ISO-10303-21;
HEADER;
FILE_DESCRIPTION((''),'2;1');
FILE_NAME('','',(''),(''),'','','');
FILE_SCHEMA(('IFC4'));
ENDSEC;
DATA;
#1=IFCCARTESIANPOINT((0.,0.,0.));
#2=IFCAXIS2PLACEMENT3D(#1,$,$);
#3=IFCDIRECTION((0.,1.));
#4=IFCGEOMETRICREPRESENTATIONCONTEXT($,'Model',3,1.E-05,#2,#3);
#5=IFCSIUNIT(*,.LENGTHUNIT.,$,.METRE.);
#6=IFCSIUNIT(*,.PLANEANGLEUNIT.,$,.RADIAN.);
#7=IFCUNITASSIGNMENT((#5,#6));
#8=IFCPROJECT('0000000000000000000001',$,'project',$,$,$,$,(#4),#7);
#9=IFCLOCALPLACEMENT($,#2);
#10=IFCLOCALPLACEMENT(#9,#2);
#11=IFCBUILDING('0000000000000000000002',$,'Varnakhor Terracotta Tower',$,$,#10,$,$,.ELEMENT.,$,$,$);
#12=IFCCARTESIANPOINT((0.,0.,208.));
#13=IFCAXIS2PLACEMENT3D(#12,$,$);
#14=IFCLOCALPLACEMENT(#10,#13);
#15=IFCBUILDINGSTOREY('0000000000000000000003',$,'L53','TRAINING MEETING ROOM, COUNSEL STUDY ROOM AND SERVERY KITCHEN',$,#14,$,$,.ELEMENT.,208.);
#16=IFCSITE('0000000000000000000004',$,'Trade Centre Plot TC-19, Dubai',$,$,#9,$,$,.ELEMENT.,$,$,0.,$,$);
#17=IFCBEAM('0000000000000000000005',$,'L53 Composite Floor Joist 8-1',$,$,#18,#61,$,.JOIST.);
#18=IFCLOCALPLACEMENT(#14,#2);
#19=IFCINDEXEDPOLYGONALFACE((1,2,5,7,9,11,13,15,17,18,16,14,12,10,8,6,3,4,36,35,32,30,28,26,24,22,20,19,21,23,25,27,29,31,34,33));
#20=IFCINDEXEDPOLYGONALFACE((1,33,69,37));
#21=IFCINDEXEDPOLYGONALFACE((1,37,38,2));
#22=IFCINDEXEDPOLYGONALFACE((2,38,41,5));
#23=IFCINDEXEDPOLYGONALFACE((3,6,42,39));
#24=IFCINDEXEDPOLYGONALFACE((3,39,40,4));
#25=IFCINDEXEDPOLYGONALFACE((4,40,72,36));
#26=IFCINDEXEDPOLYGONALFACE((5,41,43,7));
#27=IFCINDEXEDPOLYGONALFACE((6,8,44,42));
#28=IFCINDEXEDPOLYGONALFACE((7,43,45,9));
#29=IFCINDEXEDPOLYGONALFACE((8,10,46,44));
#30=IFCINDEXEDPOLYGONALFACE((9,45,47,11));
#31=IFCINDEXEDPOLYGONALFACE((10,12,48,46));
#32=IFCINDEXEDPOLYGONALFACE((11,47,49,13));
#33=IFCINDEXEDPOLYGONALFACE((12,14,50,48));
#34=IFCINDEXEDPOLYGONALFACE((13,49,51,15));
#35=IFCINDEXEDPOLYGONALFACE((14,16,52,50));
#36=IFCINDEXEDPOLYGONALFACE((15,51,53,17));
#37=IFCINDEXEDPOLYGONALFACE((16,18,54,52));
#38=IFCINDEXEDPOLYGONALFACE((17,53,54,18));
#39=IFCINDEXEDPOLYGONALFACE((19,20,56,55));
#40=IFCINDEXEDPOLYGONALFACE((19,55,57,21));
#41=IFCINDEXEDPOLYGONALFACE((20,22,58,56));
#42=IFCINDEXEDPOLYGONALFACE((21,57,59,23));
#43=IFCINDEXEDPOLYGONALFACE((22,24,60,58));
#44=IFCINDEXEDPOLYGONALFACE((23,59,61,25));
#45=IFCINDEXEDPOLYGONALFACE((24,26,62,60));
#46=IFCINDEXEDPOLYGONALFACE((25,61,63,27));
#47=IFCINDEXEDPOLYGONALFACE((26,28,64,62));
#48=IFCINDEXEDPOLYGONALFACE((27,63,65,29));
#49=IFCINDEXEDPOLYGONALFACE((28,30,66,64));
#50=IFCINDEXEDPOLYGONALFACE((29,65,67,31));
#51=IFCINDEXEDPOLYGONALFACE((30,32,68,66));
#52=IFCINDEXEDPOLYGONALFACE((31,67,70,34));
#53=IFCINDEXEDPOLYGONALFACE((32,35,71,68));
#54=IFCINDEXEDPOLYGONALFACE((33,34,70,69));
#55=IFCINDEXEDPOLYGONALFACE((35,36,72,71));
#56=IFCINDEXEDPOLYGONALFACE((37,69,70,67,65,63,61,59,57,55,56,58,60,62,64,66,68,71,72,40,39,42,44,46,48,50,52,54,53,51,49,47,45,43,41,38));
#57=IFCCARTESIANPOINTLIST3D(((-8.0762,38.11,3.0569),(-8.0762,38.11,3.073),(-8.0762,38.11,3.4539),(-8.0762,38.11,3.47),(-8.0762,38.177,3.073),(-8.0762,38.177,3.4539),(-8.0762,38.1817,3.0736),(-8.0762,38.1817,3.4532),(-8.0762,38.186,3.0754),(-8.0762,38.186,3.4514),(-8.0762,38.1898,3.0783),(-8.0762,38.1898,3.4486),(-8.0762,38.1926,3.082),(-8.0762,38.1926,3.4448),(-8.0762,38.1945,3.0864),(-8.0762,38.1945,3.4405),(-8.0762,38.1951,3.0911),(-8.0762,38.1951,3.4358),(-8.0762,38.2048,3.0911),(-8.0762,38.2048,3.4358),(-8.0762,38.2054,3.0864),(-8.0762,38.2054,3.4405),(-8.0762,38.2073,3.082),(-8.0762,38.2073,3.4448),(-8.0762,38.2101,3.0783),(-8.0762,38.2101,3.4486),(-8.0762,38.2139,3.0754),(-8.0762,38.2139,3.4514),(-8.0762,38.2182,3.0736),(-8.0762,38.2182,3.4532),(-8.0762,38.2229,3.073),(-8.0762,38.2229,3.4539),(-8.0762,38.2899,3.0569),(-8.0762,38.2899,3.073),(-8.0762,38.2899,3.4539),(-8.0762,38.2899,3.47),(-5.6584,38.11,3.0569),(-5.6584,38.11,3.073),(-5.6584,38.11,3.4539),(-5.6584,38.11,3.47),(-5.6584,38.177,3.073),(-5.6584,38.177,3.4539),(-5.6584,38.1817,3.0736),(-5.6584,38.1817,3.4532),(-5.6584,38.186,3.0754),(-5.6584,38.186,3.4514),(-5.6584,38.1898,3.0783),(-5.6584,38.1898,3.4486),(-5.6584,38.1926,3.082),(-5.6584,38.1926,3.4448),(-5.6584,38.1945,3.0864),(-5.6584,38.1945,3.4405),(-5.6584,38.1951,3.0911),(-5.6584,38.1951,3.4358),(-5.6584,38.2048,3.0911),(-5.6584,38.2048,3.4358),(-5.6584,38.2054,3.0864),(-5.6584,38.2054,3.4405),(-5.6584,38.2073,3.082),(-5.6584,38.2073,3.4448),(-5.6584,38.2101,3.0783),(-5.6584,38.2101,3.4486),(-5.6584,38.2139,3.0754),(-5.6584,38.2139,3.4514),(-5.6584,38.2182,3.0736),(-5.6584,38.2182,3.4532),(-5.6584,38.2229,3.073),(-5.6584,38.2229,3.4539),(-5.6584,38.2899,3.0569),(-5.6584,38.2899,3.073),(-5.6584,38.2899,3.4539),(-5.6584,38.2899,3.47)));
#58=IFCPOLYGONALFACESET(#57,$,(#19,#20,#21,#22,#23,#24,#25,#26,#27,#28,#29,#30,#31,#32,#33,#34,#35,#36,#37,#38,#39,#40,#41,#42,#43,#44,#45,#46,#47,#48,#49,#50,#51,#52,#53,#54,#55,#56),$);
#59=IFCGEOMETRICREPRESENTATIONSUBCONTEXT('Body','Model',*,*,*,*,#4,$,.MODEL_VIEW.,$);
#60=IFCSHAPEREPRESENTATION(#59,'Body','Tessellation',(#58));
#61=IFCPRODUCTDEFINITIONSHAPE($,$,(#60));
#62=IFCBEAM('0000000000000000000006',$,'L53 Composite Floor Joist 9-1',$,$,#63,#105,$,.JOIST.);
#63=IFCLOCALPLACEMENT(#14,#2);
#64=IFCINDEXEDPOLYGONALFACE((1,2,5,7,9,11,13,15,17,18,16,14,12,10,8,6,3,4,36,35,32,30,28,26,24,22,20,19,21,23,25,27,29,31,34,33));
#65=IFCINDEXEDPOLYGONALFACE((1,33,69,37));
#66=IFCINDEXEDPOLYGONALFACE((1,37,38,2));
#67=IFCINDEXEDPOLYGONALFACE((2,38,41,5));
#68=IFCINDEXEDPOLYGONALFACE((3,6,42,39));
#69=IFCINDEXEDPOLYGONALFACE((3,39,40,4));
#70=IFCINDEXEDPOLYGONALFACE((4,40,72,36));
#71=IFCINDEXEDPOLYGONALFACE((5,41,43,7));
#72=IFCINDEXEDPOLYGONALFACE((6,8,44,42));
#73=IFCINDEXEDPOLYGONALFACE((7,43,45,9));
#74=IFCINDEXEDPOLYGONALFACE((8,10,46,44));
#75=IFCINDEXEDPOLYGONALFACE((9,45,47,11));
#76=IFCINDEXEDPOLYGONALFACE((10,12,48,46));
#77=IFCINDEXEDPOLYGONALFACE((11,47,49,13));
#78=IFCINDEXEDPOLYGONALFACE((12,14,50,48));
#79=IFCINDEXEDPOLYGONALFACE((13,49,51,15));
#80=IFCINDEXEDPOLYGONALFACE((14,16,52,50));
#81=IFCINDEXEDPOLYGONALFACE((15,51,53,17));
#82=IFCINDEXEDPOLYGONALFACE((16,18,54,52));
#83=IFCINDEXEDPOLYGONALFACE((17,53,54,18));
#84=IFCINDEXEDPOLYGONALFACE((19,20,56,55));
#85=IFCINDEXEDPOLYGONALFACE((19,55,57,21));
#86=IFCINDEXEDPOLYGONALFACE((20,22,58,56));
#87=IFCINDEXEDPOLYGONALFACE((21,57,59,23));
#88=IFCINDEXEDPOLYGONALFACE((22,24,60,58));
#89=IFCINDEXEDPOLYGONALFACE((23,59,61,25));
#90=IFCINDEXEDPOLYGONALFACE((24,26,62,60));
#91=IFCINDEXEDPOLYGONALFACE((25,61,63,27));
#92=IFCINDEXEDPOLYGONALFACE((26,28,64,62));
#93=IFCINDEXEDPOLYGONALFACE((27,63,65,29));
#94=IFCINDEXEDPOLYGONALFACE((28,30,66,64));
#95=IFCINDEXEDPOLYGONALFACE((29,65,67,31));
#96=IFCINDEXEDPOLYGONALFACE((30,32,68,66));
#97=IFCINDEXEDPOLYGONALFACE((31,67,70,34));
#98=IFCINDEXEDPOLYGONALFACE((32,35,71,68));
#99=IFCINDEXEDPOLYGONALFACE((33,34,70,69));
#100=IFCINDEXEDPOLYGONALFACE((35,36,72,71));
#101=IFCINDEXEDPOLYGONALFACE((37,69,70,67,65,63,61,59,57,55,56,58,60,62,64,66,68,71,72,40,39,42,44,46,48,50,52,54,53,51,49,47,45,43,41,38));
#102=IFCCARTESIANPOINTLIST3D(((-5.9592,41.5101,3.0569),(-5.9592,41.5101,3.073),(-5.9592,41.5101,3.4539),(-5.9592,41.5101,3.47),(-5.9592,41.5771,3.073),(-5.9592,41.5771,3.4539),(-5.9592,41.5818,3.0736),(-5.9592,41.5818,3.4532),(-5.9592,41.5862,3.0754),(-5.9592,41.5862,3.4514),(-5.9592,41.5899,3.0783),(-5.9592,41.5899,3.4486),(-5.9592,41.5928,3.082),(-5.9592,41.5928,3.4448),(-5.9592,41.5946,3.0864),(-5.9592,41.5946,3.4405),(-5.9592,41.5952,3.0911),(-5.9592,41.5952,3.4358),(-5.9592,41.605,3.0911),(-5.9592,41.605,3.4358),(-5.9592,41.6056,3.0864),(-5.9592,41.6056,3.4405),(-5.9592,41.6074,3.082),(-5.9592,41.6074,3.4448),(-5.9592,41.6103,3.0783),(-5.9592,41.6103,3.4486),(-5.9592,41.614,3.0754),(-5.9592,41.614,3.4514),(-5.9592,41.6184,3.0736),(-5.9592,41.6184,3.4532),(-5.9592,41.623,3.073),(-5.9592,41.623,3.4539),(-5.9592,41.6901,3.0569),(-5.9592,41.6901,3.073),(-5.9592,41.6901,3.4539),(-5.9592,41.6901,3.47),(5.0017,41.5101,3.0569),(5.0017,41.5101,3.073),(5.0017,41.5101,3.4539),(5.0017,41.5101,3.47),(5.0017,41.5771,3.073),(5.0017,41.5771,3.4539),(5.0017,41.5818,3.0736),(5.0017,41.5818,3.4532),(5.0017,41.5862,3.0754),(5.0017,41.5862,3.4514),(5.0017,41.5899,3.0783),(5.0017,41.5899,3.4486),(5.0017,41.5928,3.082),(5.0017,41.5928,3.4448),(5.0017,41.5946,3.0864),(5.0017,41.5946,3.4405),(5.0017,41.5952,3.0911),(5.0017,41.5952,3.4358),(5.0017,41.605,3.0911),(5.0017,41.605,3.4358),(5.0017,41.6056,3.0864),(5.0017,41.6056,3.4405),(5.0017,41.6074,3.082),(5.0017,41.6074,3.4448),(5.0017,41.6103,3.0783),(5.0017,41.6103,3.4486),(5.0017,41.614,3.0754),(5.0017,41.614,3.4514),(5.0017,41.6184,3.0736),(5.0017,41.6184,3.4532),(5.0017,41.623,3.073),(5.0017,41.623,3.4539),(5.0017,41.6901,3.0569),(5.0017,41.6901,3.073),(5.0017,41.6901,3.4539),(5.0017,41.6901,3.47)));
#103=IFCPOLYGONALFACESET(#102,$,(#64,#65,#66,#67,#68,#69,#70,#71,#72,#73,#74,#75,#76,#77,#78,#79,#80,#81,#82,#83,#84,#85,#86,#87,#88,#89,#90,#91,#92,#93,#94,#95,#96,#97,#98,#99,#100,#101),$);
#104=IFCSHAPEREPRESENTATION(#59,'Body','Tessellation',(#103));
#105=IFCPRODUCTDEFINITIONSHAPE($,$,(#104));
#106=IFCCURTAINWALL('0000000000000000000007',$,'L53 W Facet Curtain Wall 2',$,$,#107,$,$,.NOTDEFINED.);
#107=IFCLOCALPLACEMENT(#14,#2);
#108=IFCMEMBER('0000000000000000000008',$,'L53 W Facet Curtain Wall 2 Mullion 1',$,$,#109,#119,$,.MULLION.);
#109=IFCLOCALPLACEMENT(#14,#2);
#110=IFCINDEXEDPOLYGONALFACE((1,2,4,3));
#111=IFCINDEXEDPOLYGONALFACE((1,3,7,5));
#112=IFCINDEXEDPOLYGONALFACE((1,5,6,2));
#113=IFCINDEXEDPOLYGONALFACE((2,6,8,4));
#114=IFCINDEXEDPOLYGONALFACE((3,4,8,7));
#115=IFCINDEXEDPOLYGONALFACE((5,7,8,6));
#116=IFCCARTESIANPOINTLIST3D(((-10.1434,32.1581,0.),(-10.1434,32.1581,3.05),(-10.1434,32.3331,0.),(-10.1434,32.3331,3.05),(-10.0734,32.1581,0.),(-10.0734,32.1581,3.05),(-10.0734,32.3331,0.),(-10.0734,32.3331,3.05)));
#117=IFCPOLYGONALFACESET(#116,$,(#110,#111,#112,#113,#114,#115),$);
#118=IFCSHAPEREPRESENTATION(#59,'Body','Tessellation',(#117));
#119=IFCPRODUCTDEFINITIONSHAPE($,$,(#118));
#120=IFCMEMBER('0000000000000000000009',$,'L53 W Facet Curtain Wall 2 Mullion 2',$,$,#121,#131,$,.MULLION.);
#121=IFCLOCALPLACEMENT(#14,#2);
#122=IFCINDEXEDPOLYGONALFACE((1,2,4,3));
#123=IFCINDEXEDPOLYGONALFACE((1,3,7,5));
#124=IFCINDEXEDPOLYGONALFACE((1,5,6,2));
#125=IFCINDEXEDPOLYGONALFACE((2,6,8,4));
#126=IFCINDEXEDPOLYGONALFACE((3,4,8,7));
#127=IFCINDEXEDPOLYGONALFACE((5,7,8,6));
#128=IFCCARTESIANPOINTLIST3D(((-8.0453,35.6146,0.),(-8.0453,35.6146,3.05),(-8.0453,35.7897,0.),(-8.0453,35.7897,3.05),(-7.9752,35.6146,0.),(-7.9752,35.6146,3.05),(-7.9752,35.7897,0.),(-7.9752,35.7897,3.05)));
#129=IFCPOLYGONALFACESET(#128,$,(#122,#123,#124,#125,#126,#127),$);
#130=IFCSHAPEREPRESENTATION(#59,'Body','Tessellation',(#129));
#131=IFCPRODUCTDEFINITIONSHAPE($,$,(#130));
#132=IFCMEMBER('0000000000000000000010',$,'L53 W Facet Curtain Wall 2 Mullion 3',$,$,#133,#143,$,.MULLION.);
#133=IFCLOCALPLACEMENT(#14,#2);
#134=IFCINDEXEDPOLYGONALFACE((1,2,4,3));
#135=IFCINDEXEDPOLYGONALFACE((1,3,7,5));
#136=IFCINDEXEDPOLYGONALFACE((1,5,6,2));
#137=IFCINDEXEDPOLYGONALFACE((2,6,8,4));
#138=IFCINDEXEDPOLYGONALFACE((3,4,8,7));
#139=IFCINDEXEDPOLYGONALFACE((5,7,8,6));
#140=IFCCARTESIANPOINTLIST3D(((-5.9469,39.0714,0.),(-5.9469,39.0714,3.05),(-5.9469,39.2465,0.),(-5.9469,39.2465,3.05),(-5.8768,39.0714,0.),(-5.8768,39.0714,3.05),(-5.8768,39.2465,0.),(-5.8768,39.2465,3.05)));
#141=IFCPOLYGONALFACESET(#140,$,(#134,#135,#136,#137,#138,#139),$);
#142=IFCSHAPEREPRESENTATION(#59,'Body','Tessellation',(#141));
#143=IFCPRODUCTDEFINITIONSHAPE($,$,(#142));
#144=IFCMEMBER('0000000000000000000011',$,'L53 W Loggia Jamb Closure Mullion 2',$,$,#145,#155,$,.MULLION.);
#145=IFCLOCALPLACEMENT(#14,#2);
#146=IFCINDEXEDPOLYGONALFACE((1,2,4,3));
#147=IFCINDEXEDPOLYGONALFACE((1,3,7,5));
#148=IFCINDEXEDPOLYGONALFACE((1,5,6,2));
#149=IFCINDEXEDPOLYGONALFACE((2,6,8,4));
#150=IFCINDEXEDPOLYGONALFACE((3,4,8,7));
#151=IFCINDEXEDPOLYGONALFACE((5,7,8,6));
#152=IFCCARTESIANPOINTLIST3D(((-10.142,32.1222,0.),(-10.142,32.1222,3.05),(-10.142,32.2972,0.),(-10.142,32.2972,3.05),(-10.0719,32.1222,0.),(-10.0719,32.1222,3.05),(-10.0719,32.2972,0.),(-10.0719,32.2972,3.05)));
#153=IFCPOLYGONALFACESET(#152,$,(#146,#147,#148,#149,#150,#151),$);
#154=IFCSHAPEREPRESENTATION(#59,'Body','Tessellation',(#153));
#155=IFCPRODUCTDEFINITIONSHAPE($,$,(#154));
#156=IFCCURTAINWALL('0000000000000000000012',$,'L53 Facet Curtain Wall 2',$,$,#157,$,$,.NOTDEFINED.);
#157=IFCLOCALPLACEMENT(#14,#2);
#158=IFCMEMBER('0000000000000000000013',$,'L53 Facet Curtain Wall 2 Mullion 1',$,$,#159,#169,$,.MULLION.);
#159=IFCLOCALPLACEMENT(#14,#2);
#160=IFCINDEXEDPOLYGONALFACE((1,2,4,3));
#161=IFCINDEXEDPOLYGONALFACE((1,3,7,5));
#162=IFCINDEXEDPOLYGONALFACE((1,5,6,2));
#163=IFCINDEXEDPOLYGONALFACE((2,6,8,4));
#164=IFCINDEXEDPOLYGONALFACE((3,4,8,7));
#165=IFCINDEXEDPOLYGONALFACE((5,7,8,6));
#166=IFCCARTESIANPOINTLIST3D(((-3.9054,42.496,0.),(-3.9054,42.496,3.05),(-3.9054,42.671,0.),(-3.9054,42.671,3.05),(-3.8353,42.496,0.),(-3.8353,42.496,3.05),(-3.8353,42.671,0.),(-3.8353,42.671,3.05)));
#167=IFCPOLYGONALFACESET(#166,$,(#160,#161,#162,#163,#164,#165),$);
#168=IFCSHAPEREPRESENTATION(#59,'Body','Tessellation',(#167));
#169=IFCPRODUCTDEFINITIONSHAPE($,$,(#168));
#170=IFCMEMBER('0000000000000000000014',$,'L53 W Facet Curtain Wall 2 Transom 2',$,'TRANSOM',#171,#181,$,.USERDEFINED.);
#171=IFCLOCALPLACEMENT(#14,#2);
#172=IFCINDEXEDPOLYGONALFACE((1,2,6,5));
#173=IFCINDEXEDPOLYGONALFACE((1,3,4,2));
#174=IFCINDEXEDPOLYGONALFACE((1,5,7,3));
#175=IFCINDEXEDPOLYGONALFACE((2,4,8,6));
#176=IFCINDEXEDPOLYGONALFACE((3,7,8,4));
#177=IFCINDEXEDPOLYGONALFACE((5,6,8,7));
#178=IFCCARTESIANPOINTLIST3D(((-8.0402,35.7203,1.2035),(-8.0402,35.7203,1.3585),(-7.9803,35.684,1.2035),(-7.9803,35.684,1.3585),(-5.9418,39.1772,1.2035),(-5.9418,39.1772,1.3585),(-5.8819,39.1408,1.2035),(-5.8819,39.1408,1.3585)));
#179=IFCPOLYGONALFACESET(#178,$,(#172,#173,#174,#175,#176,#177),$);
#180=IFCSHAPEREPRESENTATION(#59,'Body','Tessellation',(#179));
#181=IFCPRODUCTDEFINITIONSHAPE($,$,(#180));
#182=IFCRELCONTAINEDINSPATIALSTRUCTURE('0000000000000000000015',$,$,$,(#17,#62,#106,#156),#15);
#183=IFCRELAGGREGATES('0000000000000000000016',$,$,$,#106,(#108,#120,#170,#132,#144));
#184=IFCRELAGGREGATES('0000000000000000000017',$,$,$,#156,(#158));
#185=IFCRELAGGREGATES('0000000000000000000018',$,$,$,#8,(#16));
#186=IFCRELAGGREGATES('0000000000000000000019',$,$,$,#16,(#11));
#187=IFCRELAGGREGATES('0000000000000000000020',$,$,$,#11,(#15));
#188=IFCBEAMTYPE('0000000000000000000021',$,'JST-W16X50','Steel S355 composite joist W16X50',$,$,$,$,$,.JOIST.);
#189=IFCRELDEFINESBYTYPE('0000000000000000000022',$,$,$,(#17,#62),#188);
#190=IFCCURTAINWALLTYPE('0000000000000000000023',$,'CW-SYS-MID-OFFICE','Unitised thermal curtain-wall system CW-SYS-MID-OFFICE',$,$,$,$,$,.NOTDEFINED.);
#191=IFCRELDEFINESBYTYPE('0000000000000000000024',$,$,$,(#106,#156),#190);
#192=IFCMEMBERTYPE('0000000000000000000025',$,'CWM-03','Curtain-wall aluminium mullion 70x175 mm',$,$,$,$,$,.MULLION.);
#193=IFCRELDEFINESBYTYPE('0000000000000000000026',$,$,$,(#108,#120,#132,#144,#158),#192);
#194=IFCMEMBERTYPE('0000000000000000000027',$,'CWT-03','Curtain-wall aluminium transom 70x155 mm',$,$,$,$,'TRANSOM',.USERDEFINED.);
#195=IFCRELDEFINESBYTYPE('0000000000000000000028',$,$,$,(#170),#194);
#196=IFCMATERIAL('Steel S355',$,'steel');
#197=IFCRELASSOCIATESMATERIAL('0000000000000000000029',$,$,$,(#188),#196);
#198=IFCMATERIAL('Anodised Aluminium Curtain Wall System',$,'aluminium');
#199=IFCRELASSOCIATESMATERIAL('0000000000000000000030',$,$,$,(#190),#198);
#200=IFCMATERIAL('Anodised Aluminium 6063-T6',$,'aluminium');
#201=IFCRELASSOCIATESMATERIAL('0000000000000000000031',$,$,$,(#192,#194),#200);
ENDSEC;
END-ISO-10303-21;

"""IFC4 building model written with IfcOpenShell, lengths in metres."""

from ifc_helpers import new_model, si_unit, direction, frame, origin, origin_2d, place, context, subcontext, project, spatial, rectangle, i_section, extrude, source, transform, mapped, material, material_profile, profile_set, type_object, element, aggregate, save


model = new_model("IFC4")

# Units and contexts
model_context = context("Model", 3, precision=1e-05, world=origin(), true_north=direction((0.0, 1.0)))
body_context = subcontext(model_context, "Body", "Model", "MODEL_VIEW")
ifc_project = project(units=[si_unit("LENGTHUNIT", "METRE"), si_unit("PLANEANGLEUNIT", "RADIAN")], contexts=[model_context])

# Site, building, storey
site_placement = place(None, origin())
site = spatial("IfcSite", under=ifc_project, at=site_placement, Name="Trade Centre Plot TC-19, Dubai", CompositionType="ELEMENT", RefElevation=0.0)
building_placement = place(site_placement, origin())
building = spatial("IfcBuilding", under=site, at=building_placement, Name="Varnakhor Terracotta Tower", CompositionType="ELEMENT")
storey_placement = place(building_placement, frame((0.0, 0.0, 208.0)))
storey = spatial("IfcBuildingStorey", under=building, at=storey_placement, Name="L53", Description="TRAINING MEETING ROOM, COUNSEL STUDY ROOM AND SERVERY KITCHEN", CompositionType="ELEMENT", Elevation=208.0)

# Beams
ifc_material_1 = material(Name="Steel S355", Category="steel")
ifc_material_profile_1 = material_profile(ifc_material_1, i_section(OverallWidth=0.1799, OverallDepth=0.4131, WebThickness=0.0098, FlangeThickness=0.0161, FilletRadius=0.0181, at=origin_2d()), Name="W16X50")
ifc_profile_set_1 = profile_set([ifc_material_profile_1], Name="Steel S355")
beam_type_1 = type_object("IfcBeamType", Name="JST-W16X50", Description="Steel S355 composite joist W16X50", PredefinedType="JOIST", material=ifc_profile_set_1)
shared_shape_1 = source(origin(), body_context, "Body", "SweptSolid", [
    extrude(i_section(OverallWidth=0.1799, OverallDepth=0.4131, WebThickness=0.0098, FlangeThickness=0.0161, FilletRadius=0.0181, at=origin_2d()), origin(), (0.0, 0.0, 1.0), 2.4177),
])
beam_1_placement = place(storey_placement, frame((-8.0762, 38.2, 3.2634), z_axis=(1.0, 0.0, 0.0), x_axis=(0.0, 1.0, 0.0)))
element("IfcBeam", 1, at=beam_1_placement, inside=storey, type_object=beam_type_1, Name="L53 Composite Floor Joist 8-1", PredefinedType="JOIST", context=body_context, shape_type="MappedRepresentation", body=[
    mapped(shared_shape_1, transform((0.0, 0.0, 0.0), scale=1.0)),
])
shared_shape_2 = source(origin(), body_context, "Body", "SweptSolid", [
    extrude(i_section(OverallWidth=0.1799, OverallDepth=0.4131, WebThickness=0.0098, FlangeThickness=0.0161, FilletRadius=0.0181, at=origin_2d()), origin(), (0.0, 0.0, 1.0), 10.9609),
])
beam_2_placement = place(storey_placement, frame((-5.9592, 41.6001, 3.2634), z_axis=(1.0, 0.0, 0.0), x_axis=(0.0, 1.0, 0.0)))
element("IfcBeam", 2, at=beam_2_placement, inside=storey, type_object=beam_type_1, Name="L53 Composite Floor Joist 9-1", PredefinedType="JOIST", context=body_context, shape_type="MappedRepresentation", body=[
    mapped(shared_shape_2, transform((0.0, 0.0, 0.0), scale=1.0)),
])

# Curtain wall, members
ifc_material_2 = material(Name="Anodised Aluminium Curtain Wall System", Category="aluminium")
curtain_wall_type = type_object("IfcCurtainWallType", Name="CW-SYS-MID-OFFICE", Description="Unitised thermal curtain-wall system CW-SYS-MID-OFFICE", PredefinedType="NOTDEFINED", material=ifc_material_2)
curtain_wall_1_placement = place(storey_placement, origin())
curtain_wall_1 = element("IfcCurtainWall", 3, at=curtain_wall_1_placement, inside=storey, type_object=curtain_wall_type, Name="L53 W Facet Curtain Wall 2", PredefinedType="NOTDEFINED")
ifc_material_3 = material(Name="Anodised Aluminium 6063-T6", Category="aluminium")
ifc_material_profile_2 = material_profile(ifc_material_3, rectangle(XDim=0.0701, YDim=0.175, at=origin_2d()), Name="ALU MULLION 70x175")
ifc_profile_set_2 = profile_set([ifc_material_profile_2], Name="Anodised Aluminium 6063-T6")
member_type_1 = type_object("IfcMemberType", Name="CWM-03", Description="Curtain-wall aluminium mullion 70x175 mm", PredefinedType="MULLION", material=ifc_profile_set_2)
shared_shape_3 = source(origin(), body_context, "Body", "SweptSolid", [
    extrude(rectangle(XDim=0.0701, YDim=0.175, at=origin_2d()), origin(), (0.0, 0.0, 1.0), 3.05),
])
member_1_placement = place(storey_placement, frame((-10.1084, 32.2456, 0.0), z_axis=(0.0, 0.0, 1.0), x_axis=(1.0, 0.0, 0.0)))
member_1 = element("IfcMember", 4, at=member_1_placement, type_object=member_type_1, Name="L53 W Facet Curtain Wall 2 Mullion 1", PredefinedType="MULLION", context=body_context, shape_type="MappedRepresentation", body=[
    mapped(shared_shape_3, transform((0.0, 0.0, 0.0), scale=1.0)),
])
member_2_placement = place(storey_placement, frame((-8.0103, 35.7021, 0.0), z_axis=(0.0, 0.0, 1.0), x_axis=(1.0, 0.0, 0.0)))
member_2 = element("IfcMember", 5, at=member_2_placement, type_object=member_type_1, Name="L53 W Facet Curtain Wall 2 Mullion 2", PredefinedType="MULLION", context=body_context, shape_type="MappedRepresentation", body=[
    mapped(shared_shape_3, transform((0.0, 0.0, 0.0), scale=1.0)),
])
member_3_placement = place(storey_placement, frame((-5.9119, 39.1589, 0.0), z_axis=(0.0, 0.0, 1.0), x_axis=(1.0, 0.0, 0.0)))
member_3 = element("IfcMember", 6, at=member_3_placement, type_object=member_type_1, Name="L53 W Facet Curtain Wall 2 Mullion 3", PredefinedType="MULLION", context=body_context, shape_type="MappedRepresentation", body=[
    mapped(shared_shape_3, transform((0.0, 0.0, 0.0), scale=1.0)),
])
member_4_placement = place(storey_placement, frame((-10.1069, 32.2097, 0.0), z_axis=(0.0, 0.0, 1.0), x_axis=(1.0, 0.0, 0.0)))
member_4 = element("IfcMember", 7, at=member_4_placement, type_object=member_type_1, Name="L53 W Loggia Jamb Closure Mullion 2", PredefinedType="MULLION", context=body_context, shape_type="MappedRepresentation", body=[
    mapped(shared_shape_3, transform((0.0, 0.0, 0.0), scale=1.0)),
])

# Curtain wall, member
curtain_wall_2_placement = place(storey_placement, origin())
curtain_wall_2 = element("IfcCurtainWall", 8, at=curtain_wall_2_placement, inside=storey, type_object=curtain_wall_type, Name="L53 Facet Curtain Wall 2", PredefinedType="NOTDEFINED")
member_5_placement = place(storey_placement, frame((-3.8704, 42.5835, 0.0), z_axis=(0.0, 0.0, 1.0), x_axis=(1.0, 0.0, 0.0)))
member_5 = element("IfcMember", 9, at=member_5_placement, type_object=member_type_1, Name="L53 Facet Curtain Wall 2 Mullion 1", PredefinedType="MULLION", context=body_context, shape_type="MappedRepresentation", body=[
    mapped(shared_shape_3, transform((0.0, 0.0, 0.0), scale=1.0)),
])

# Member
ifc_material_profile_3 = material_profile(ifc_material_3, rectangle(XDim=0.0701, YDim=0.155, at=origin_2d()), Name="ALU TRANSOM 70x155")
ifc_profile_set_3 = profile_set([ifc_material_profile_3], Name="Anodised Aluminium 6063-T6")
member_type_2 = type_object("IfcMemberType", Name="CWT-03", Description="Curtain-wall aluminium transom 70x155 mm", ElementType="TRANSOM", PredefinedType="USERDEFINED", material=ifc_profile_set_3)
shared_shape_4 = source(origin(), body_context, "Body", "SweptSolid", [
    extrude(rectangle(XDim=0.0701, YDim=0.155, at=origin_2d()), origin(), (0.0, 0.0, 1.0), 4.0439),
])
member_6_placement = place(storey_placement, frame((-8.0103, 35.7021, 1.281), z_axis=(0.51891, 0.854829, 0.0), x_axis=(-0.854829, 0.51891, 0.0)))
member_6 = element("IfcMember", 10, at=member_6_placement, type_object=member_type_2, Name="L53 W Facet Curtain Wall 2 Transom 2", ObjectType="TRANSOM", PredefinedType="USERDEFINED", context=body_context, shape_type="MappedRepresentation", body=[
    mapped(shared_shape_4, transform((0.0, 0.0, 0.0), scale=1.0)),
])

aggregate(curtain_wall_1, [member_1, member_2, member_6, member_3, member_4])
aggregate(curtain_wall_2, [member_5])

save(model, "model.ifc")
